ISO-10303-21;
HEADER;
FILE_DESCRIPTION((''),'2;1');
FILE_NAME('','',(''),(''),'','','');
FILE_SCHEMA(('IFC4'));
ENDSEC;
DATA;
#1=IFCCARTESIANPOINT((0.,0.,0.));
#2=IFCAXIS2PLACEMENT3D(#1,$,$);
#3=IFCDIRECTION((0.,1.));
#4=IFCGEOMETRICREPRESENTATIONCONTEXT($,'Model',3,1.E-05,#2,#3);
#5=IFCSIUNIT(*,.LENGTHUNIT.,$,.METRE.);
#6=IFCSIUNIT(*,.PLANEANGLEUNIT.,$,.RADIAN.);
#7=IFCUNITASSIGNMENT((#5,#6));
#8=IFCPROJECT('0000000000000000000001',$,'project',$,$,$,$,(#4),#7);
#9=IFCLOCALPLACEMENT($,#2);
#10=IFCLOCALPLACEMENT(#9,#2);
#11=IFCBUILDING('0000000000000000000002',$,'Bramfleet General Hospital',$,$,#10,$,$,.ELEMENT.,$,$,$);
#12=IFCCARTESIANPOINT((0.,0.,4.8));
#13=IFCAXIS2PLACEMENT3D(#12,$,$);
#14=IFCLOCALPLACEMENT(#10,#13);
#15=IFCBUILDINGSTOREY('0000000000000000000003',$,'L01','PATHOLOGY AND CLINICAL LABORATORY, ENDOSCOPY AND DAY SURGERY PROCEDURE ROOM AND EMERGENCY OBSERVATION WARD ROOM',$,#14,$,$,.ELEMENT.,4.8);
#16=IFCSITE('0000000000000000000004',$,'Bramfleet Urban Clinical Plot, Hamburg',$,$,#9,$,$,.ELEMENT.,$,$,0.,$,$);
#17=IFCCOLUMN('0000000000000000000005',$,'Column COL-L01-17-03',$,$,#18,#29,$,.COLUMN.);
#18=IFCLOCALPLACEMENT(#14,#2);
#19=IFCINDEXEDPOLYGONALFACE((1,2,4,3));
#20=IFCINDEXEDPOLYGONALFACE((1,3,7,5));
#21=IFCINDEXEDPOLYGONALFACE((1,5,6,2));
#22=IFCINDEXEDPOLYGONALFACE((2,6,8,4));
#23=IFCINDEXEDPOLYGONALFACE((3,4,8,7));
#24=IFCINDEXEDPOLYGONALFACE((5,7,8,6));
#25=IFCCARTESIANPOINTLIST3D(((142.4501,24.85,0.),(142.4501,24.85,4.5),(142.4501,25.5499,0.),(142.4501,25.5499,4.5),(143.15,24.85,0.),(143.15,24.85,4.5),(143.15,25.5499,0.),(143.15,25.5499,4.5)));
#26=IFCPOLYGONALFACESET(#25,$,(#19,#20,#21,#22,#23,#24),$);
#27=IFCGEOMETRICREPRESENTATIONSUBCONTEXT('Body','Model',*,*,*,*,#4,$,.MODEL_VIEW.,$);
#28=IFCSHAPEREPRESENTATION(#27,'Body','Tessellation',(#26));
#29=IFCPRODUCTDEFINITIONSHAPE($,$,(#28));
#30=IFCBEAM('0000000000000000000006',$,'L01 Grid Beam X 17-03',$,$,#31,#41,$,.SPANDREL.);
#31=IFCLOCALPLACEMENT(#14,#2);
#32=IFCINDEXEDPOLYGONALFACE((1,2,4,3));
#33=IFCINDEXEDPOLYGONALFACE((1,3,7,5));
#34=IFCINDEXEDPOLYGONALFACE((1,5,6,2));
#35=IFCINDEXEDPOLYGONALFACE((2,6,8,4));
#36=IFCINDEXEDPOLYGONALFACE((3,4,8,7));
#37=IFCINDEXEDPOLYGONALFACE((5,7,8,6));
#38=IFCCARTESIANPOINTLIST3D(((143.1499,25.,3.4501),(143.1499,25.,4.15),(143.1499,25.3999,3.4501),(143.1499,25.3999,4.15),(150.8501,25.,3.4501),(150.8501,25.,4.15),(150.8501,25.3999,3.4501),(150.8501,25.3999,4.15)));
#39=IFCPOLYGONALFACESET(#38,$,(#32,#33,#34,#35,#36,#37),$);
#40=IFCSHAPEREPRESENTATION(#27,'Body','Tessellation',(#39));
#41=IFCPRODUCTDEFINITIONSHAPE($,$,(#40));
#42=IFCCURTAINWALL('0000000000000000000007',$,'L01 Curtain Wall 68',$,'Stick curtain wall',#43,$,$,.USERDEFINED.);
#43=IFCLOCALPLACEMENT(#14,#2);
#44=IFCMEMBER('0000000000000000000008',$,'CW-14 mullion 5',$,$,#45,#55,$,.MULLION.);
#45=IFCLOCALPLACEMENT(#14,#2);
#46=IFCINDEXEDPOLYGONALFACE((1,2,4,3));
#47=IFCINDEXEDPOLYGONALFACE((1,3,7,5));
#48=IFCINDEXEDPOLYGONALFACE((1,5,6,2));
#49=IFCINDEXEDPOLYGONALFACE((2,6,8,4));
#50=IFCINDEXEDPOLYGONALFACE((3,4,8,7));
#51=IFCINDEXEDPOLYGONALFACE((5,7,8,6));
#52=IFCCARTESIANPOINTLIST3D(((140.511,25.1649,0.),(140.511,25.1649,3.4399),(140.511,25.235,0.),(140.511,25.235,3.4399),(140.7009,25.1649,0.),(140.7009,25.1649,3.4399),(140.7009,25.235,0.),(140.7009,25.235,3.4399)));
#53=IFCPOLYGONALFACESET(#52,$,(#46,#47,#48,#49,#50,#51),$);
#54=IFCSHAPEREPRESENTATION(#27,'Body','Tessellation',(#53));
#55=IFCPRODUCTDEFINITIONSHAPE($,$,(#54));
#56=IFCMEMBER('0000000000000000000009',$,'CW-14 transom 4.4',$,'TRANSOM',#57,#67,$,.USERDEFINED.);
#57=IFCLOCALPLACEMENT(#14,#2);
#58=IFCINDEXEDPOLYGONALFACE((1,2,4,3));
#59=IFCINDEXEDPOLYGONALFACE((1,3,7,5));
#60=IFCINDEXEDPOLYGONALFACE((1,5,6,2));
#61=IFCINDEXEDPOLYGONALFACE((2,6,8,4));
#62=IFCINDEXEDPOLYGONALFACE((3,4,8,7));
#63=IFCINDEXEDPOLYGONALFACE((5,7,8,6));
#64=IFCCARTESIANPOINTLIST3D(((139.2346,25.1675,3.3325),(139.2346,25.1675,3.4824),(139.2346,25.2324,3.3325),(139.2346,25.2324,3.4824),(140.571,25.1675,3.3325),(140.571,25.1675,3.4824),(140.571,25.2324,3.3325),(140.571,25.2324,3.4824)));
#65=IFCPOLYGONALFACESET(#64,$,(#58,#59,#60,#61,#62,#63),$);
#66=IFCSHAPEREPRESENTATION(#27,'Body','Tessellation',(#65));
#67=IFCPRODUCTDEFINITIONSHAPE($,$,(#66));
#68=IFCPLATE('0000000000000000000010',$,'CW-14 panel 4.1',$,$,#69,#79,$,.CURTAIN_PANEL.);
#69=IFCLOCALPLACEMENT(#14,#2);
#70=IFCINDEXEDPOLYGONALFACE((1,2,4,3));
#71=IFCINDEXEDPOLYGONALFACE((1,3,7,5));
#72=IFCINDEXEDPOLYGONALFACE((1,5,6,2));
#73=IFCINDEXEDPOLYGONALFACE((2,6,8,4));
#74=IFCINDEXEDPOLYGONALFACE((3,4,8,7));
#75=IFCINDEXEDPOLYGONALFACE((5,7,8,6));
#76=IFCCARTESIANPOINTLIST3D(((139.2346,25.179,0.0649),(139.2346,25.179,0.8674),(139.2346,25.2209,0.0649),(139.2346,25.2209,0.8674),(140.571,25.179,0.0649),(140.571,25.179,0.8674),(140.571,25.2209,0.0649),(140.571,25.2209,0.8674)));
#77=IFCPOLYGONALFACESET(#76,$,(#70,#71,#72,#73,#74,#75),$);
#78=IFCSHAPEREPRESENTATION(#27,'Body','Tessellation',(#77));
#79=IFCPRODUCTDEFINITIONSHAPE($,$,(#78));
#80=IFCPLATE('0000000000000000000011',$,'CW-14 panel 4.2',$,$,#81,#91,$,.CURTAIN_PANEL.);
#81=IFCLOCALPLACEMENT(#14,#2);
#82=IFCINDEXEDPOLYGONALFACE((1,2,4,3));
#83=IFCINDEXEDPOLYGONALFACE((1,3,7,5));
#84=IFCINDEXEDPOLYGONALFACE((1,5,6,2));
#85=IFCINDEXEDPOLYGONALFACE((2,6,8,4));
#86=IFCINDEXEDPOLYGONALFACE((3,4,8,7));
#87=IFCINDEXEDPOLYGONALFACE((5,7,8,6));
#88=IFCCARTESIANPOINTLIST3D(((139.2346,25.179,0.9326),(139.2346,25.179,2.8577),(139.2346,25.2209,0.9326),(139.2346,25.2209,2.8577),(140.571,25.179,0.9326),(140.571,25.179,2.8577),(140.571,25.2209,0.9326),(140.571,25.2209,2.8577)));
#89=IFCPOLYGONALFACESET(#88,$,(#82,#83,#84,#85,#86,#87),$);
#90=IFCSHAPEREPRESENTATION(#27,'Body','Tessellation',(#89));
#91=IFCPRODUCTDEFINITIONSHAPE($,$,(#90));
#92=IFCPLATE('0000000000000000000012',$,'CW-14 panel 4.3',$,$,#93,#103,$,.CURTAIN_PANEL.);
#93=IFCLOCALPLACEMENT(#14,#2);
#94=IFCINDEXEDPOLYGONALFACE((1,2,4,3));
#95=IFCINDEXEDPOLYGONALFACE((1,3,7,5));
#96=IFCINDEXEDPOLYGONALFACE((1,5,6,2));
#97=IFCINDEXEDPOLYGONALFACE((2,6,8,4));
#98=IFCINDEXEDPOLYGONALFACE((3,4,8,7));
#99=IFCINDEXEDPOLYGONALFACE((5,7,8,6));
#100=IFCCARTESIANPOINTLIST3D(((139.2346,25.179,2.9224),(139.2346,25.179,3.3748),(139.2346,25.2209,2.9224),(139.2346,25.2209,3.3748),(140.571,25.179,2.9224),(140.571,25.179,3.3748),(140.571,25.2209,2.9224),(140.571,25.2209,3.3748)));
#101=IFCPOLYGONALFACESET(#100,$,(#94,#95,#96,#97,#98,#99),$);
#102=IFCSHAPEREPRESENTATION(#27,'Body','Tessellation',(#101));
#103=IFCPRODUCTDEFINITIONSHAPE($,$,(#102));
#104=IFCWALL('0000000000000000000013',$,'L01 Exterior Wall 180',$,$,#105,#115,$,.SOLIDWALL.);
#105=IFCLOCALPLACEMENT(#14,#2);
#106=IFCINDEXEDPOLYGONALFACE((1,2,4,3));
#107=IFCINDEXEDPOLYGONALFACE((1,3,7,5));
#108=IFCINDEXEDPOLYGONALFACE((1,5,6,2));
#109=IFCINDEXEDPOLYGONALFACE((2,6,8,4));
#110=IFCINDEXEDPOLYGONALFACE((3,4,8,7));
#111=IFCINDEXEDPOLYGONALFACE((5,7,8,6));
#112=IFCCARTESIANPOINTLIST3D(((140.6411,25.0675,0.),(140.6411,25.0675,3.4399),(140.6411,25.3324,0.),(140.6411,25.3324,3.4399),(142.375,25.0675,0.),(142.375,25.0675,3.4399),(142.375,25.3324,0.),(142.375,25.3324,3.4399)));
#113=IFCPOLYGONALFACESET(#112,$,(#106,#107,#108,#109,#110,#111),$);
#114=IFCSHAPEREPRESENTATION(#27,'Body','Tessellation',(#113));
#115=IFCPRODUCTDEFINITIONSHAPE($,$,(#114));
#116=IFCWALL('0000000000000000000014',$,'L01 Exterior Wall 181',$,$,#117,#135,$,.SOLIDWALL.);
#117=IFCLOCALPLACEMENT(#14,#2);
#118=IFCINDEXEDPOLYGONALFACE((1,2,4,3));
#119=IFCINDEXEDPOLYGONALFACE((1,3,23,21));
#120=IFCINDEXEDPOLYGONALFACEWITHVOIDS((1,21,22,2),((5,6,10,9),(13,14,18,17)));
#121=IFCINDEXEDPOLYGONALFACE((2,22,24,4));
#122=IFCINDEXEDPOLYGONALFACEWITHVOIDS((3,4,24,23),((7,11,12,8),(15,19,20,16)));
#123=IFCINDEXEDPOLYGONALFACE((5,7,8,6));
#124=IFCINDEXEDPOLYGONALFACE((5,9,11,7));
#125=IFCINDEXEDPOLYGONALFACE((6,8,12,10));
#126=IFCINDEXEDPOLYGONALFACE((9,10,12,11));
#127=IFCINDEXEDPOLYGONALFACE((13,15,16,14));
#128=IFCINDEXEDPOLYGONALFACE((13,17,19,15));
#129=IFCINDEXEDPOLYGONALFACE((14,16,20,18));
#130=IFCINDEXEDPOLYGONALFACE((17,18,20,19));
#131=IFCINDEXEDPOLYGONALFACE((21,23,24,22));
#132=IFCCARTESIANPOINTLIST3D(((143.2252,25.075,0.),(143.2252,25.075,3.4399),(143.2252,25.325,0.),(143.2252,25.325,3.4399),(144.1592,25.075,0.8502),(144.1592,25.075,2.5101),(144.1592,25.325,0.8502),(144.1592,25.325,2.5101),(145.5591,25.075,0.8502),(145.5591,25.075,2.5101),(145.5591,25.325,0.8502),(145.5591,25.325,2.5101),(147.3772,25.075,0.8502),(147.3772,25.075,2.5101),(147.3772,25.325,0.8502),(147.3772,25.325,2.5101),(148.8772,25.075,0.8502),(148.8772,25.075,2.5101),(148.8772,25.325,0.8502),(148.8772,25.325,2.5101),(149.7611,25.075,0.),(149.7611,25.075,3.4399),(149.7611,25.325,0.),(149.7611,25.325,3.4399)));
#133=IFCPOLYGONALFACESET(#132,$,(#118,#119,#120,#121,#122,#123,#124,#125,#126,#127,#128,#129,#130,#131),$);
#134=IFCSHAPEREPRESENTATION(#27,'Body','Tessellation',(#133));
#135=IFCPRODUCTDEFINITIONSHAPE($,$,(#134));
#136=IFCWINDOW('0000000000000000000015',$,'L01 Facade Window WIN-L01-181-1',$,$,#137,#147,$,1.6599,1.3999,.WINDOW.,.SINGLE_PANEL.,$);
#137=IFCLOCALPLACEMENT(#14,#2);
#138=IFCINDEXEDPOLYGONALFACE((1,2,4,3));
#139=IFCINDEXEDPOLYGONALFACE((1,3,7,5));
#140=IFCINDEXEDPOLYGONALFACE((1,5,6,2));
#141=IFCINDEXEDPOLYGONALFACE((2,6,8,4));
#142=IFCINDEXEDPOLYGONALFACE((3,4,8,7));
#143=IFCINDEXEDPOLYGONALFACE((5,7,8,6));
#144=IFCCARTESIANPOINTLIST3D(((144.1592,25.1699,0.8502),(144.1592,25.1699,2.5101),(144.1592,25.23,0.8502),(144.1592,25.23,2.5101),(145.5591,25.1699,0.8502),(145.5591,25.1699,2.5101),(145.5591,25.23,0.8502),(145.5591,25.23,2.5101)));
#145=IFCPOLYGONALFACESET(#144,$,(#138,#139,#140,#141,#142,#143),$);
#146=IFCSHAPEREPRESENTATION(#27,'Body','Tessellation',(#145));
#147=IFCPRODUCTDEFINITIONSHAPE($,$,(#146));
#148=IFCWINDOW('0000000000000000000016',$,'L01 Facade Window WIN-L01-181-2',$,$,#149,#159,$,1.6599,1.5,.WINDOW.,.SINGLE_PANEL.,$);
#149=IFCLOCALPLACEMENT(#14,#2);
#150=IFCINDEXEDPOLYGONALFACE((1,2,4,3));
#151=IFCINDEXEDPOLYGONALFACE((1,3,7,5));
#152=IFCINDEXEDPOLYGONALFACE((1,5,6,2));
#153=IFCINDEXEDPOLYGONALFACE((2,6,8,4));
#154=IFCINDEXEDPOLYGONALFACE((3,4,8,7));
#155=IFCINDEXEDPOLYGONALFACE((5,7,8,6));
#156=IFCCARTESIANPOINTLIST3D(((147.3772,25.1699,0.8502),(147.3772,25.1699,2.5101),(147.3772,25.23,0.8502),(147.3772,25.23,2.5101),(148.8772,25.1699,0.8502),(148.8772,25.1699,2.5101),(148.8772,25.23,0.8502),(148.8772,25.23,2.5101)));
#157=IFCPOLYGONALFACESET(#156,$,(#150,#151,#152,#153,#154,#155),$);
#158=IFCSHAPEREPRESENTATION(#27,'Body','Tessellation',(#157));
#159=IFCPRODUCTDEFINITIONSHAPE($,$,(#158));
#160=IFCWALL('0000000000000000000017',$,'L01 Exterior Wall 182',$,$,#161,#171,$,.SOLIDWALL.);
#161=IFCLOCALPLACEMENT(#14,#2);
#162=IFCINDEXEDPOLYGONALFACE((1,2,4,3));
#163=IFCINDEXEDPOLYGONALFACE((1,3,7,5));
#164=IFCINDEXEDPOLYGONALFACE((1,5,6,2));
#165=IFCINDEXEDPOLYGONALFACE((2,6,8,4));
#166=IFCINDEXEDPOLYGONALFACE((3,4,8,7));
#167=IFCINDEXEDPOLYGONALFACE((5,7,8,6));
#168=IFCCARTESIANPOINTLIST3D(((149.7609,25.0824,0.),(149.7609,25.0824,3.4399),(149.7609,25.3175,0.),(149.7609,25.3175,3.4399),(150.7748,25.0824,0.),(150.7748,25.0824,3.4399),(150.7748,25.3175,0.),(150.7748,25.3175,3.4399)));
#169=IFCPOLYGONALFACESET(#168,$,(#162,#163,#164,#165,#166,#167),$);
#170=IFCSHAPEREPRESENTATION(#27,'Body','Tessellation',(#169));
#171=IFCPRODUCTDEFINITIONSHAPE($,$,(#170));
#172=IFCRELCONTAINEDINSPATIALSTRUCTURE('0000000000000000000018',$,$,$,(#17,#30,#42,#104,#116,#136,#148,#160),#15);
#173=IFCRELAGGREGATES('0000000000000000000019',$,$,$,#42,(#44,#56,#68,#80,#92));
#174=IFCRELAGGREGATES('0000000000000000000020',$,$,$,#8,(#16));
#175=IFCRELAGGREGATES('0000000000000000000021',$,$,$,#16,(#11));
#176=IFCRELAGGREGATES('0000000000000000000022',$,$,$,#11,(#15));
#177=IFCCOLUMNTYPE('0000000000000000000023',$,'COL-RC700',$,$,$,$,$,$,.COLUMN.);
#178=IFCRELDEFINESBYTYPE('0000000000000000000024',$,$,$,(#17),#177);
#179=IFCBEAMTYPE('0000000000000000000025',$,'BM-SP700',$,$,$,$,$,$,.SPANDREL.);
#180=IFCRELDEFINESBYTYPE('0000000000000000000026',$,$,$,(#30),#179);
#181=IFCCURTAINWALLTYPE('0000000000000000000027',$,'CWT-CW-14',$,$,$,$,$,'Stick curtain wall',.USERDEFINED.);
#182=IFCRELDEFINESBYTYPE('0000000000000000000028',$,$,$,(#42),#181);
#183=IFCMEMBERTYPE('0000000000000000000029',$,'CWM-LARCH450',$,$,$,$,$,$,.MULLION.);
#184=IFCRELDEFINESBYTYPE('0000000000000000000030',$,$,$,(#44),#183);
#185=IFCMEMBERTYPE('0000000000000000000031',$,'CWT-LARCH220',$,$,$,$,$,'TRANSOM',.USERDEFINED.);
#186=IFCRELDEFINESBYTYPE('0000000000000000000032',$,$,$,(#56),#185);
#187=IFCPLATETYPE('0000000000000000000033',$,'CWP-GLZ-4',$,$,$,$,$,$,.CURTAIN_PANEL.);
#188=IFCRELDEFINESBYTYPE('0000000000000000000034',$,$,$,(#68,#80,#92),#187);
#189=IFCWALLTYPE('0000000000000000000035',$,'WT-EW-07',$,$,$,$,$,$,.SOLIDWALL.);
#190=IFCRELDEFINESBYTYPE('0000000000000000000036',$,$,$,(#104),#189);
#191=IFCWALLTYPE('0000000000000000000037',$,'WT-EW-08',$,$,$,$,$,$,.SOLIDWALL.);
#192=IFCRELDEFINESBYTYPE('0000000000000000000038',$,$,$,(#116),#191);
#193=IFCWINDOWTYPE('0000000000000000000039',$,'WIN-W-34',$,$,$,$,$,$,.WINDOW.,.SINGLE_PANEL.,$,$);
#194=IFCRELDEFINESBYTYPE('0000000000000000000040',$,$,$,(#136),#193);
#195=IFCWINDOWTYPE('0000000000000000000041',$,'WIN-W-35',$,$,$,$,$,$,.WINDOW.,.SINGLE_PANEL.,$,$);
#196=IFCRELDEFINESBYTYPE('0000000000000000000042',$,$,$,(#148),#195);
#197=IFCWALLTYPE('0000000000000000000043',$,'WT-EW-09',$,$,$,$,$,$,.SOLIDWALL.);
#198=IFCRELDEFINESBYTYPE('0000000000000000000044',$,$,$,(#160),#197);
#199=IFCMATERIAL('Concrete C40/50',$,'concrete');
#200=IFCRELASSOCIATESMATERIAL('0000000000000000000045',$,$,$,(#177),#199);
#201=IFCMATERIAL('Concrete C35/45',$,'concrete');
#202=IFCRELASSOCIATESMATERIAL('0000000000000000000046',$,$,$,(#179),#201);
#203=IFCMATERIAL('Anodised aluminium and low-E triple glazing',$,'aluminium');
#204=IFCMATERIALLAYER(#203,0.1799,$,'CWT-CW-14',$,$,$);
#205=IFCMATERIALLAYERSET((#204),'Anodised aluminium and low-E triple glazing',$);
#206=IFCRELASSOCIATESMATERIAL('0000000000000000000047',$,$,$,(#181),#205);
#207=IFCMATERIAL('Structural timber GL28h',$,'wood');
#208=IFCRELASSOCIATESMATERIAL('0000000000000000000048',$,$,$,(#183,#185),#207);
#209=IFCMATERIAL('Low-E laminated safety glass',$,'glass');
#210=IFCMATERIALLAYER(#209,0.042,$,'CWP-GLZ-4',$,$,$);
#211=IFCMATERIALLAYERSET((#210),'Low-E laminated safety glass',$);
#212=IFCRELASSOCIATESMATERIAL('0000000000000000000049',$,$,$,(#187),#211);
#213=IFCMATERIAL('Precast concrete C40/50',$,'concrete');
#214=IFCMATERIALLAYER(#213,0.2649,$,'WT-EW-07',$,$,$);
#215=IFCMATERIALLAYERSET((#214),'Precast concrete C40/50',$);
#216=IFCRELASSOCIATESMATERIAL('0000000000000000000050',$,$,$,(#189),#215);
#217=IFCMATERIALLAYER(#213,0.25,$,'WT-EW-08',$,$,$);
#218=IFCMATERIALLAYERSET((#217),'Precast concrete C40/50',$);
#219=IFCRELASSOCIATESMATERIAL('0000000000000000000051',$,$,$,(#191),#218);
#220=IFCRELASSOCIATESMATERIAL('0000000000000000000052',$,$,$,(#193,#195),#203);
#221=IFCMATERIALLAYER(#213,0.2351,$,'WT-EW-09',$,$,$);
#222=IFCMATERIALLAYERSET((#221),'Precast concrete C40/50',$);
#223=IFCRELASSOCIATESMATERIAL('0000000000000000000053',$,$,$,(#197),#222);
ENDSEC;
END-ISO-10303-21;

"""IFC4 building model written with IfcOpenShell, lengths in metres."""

from ifc_helpers import new_model, si_unit, direction, frame, frame_2d, origin, origin_2d, place, context, subcontext, project, spatial, rectangle, extrude, material, layer, layer_set, material_profile, profile_set, type_object, element, fill, aggregate, save


model = new_model("IFC4")

# Units and contexts
model_context = context("Model", 3, precision=1e-05, world=origin(), true_north=direction((0.0, 1.0)))
body_context = subcontext(model_context, "Body", "Model", "MODEL_VIEW")
ifc_project = project(units=[si_unit("LENGTHUNIT", "METRE"), si_unit("PLANEANGLEUNIT", "RADIAN")], contexts=[model_context])

# Site, building, storey
site_placement = place(None, origin())
site = spatial("IfcSite", under=ifc_project, at=site_placement, Name="Bramfleet Urban Clinical Plot, Hamburg", CompositionType="ELEMENT", RefElevation=0.0)
building_placement = place(site_placement, origin())
building = spatial("IfcBuilding", under=site, at=building_placement, Name="Bramfleet General Hospital", CompositionType="ELEMENT")
storey_placement = place(building_placement, frame((0.0, 0.0, 4.8)))
storey = spatial("IfcBuildingStorey", under=building, at=storey_placement, Name="L01", Description="PATHOLOGY AND CLINICAL LABORATORY, ENDOSCOPY AND DAY SURGERY PROCEDURE ROOM AND EMERGENCY OBSERVATION WARD ROOM", CompositionType="ELEMENT", Elevation=4.8)

# Column
ifc_material_1 = material(Name="Concrete C40/50", Category="concrete")
ifc_material_profile_1 = material_profile(ifc_material_1, rectangle(XDim=0.7, YDim=0.7, at=origin_2d()), Name="RC COL 700x700")
ifc_profile_set_1 = profile_set([ifc_material_profile_1], Name="Concrete C40/50")
column_type = type_object("IfcColumnType", Name="COL-RC700", PredefinedType="COLUMN", material=ifc_profile_set_1)
column_placement = place(storey_placement, frame((142.8, 25.2, 0.0), z_axis=(0.0, 0.0, 1.0), x_axis=(1.0, 0.0, 0.0)))
element("IfcColumn", 1, at=column_placement, inside=storey, type_object=column_type, Name="Column COL-L01-17-03", PredefinedType="COLUMN", context=body_context, shape_type="SweptSolid", body=[
    extrude(rectangle(XDim=0.7, YDim=0.7, at=origin_2d()), origin(), (0.0, 0.0, 1.0), 4.5),
])

# Beam
ifc_material_2 = material(Name="Concrete C35/45", Category="concrete")
ifc_material_profile_2 = material_profile(ifc_material_2, rectangle(XDim=0.3999, YDim=0.7, at=origin_2d()), Name="RC SP 700x400")
ifc_profile_set_2 = profile_set([ifc_material_profile_2], Name="Concrete C35/45")
beam_type = type_object("IfcBeamType", Name="BM-SP700", PredefinedType="SPANDREL", material=ifc_profile_set_2)
beam_placement = place(storey_placement, frame((143.1499, 25.2, 3.8), z_axis=(1.0, 0.0, 0.0), x_axis=(0.0, 1.0, 0.0)))
element("IfcBeam", 2, at=beam_placement, inside=storey, type_object=beam_type, Name="L01 Grid Beam X 17-03", PredefinedType="SPANDREL", context=body_context, shape_type="SweptSolid", body=[
    extrude(rectangle(XDim=0.3999, YDim=0.7, at=origin_2d()), origin(), (0.0, 0.0, 1.0), 7.7002),
])

# Curtain wall, members, plates
ifc_material_3 = material(Name="Anodised aluminium and low-E triple glazing", Category="aluminium")
ifc_layer_1 = layer(ifc_material_3, 0.1799, Name="CWT-CW-14")
ifc_layer_set_1 = layer_set([ifc_layer_1], Name="Anodised aluminium and low-E triple glazing")
curtain_wall_type = type_object("IfcCurtainWallType", Name="CWT-CW-14", ElementType="Stick curtain wall", PredefinedType="USERDEFINED", material=ifc_layer_set_1)
curtain_wall_placement = place(storey_placement, origin())
curtain_wall = element("IfcCurtainWall", 3, at=curtain_wall_placement, inside=storey, type_object=curtain_wall_type, Name="L01 Curtain Wall 68", ObjectType="Stick curtain wall", PredefinedType="USERDEFINED")
ifc_material_4 = material(Name="Structural timber GL28h", Category="wood")
ifc_material_profile_3 = material_profile(ifc_material_4, rectangle(XDim=0.0701, YDim=0.1899, at=origin_2d()), Name="LARCH 190x70")
ifc_profile_set_3 = profile_set([ifc_material_profile_3], Name="Structural timber GL28h")
member_type_1 = type_object("IfcMemberType", Name="CWM-LARCH450", PredefinedType="MULLION", material=ifc_profile_set_3)
member_1_placement = place(storey_placement, frame((140.606, 25.2, 0.0), z_axis=(0.0, 0.0, 1.0), x_axis=(0.0, 1.0, 0.0)))
member_1 = element("IfcMember", 4, at=member_1_placement, type_object=member_type_1, Name="CW-14 mullion 5", PredefinedType="MULLION", context=body_context, shape_type="SweptSolid", body=[
    extrude(rectangle(XDim=0.0701, YDim=0.1899, at=origin_2d()), origin(), (0.0, 0.0, 1.0), 3.4399),
])
ifc_material_profile_4 = material_profile(ifc_material_4, rectangle(XDim=0.0649, YDim=0.1499, at=origin_2d()), Name="LARCH 150x65")
ifc_profile_set_4 = profile_set([ifc_material_profile_4], Name="Structural timber GL28h")
member_type_2 = type_object("IfcMemberType", Name="CWT-LARCH220", ElementType="TRANSOM", PredefinedType="USERDEFINED", material=ifc_profile_set_4)
member_2_placement = place(storey_placement, frame((139.2346, 25.2, 3.4075), z_axis=(1.0, 0.0, 0.0), x_axis=(0.0, 1.0, 0.0)))
member_2 = element("IfcMember", 5, at=member_2_placement, type_object=member_type_2, Name="CW-14 transom 4.4", ObjectType="TRANSOM", PredefinedType="USERDEFINED", context=body_context, shape_type="SweptSolid", body=[
    extrude(rectangle(XDim=0.0649, YDim=0.1499, at=origin_2d()), origin(), (0.0, 0.0, 1.0), 1.3364),
])
ifc_material_5 = material(Name="Low-E laminated safety glass", Category="glass")
ifc_layer_2 = layer(ifc_material_5, 0.042, Name="CWP-GLZ-4")
ifc_layer_set_2 = layer_set([ifc_layer_2], Name="Low-E laminated safety glass")
plate_type = type_object("IfcPlateType", Name="CWP-GLZ-4", PredefinedType="CURTAIN_PANEL", material=ifc_layer_set_2)
plate_1_placement = place(storey_placement, frame((139.9028, 25.2, 0.0649), z_axis=(0.0, 0.0, 1.0), x_axis=(1.0, 0.0, 0.0)))
plate_1 = element("IfcPlate", 6, at=plate_1_placement, type_object=plate_type, Name="CW-14 panel 4.1", PredefinedType="CURTAIN_PANEL", context=body_context, shape_type="SweptSolid", body=[
    extrude(rectangle(XDim=1.3364, YDim=0.042, at=origin_2d()), origin(), (0.0, 0.0, 1.0), 0.8025),
])
plate_2_placement = place(storey_placement, frame((139.9028, 25.2, 0.9326), z_axis=(0.0, 0.0, 1.0), x_axis=(1.0, 0.0, 0.0)))
plate_2 = element("IfcPlate", 7, at=plate_2_placement, type_object=plate_type, Name="CW-14 panel 4.2", PredefinedType="CURTAIN_PANEL", context=body_context, shape_type="SweptSolid", body=[
    extrude(rectangle(XDim=1.3364, YDim=0.042, at=origin_2d()), origin(), (0.0, 0.0, 1.0), 1.925),
])
plate_3_placement = place(storey_placement, frame((139.9028, 25.2, 2.9224), z_axis=(0.0, 0.0, 1.0), x_axis=(1.0, 0.0, 0.0)))
plate_3 = element("IfcPlate", 8, at=plate_3_placement, type_object=plate_type, Name="CW-14 panel 4.3", PredefinedType="CURTAIN_PANEL", context=body_context, shape_type="SweptSolid", body=[
    extrude(rectangle(XDim=1.3364, YDim=0.042, at=origin_2d()), origin(), (0.0, 0.0, 1.0), 0.4524),
])
aggregate(curtain_wall, [member_1, member_2, plate_1, plate_2, plate_3])

# Wall
ifc_material_6 = material(Name="Precast concrete C40/50", Category="concrete")
ifc_layer_3 = layer(ifc_material_6, 0.2649, Name="WT-EW-07")
ifc_layer_set_3 = layer_set([ifc_layer_3], Name="Precast concrete C40/50")
wall_type_1 = type_object("IfcWallType", Name="WT-EW-07", PredefinedType="SOLIDWALL", material=ifc_layer_set_3)
wall_1_placement = place(storey_placement, frame((140.6411, 25.2, 0.0), z_axis=(0.0, 0.0, 1.0), x_axis=(1.0, 0.0, 0.0)))
element("IfcWall", 9, at=wall_1_placement, inside=storey, type_object=wall_type_1, Name="L01 Exterior Wall 180", PredefinedType="SOLIDWALL", context=body_context, shape_type="SweptSolid", body=[
    extrude(rectangle(XDim=1.7339, YDim=0.2649, at=frame_2d((0.8669, 0.0))), origin(), (0.0, 0.0, 1.0), 3.4399),
])

# Wall, openings, windows
ifc_layer_4 = layer(ifc_material_6, 0.25, Name="WT-EW-08")
ifc_layer_set_4 = layer_set([ifc_layer_4], Name="Precast concrete C40/50")
wall_type_2 = type_object("IfcWallType", Name="WT-EW-08", PredefinedType="SOLIDWALL", material=ifc_layer_set_4)
wall_2_placement = place(storey_placement, frame((143.2251, 25.2, 0.0), z_axis=(0.0, 0.0, 1.0), x_axis=(1.0, 0.0, 0.0)))
wall_2 = element("IfcWall", 10, at=wall_2_placement, inside=storey, type_object=wall_type_2, Name="L01 Exterior Wall 181", PredefinedType="SOLIDWALL", context=body_context, shape_type="SweptSolid", body=[
    extrude(rectangle(XDim=6.5359, YDim=0.25, at=frame_2d((3.2681, 0.0))), origin(), (0.0, 0.0, 1.0), 3.4399),
])
opening_1_placement = place(wall_2_placement, frame((0.9341, 0.0, 0.8501)))
opening_1 = element("IfcOpeningElement", 11, at=opening_1_placement, cuts=wall_2, PredefinedType="OPENING", context=body_context, shape_type="SweptSolid", body=[
    extrude(rectangle(XDim=1.3999, YDim=1.6599, at=frame_2d((0.7, 0.8301))), frame((0.0, 0.135, 0.0), z_axis=(0.0, -1.0, 0.0), x_axis=(1.0, 0.0, 0.0)), (0.0, 0.0, 1.0), 0.27),
])
opening_2_placement = place(wall_2_placement, frame((4.1521, 0.0, 0.8501)))
opening_2 = element("IfcOpeningElement", 12, at=opening_2_placement, cuts=wall_2, PredefinedType="OPENING", context=body_context, shape_type="SweptSolid", body=[
    extrude(rectangle(XDim=1.5, YDim=1.6599, at=frame_2d((0.75, 0.8301))), frame((0.0, 0.135, 0.0), z_axis=(0.0, -1.0, 0.0), x_axis=(1.0, 0.0, 0.0)), (0.0, 0.0, 1.0), 0.27),
])
window_type_1 = type_object("IfcWindowType", Name="WIN-W-34", PartitioningType="SINGLE_PANEL", PredefinedType="WINDOW", material=ifc_material_3)
window_1_placement = place(opening_1_placement, origin())
window_1 = element("IfcWindow", 13, at=window_1_placement, inside=storey, type_object=window_type_1, Name="L01 Facade Window WIN-L01-181-1", OverallHeight=1.6599, OverallWidth=1.3999, PartitioningType="SINGLE_PANEL", PredefinedType="WINDOW", context=body_context, shape_type="SweptSolid", body=[
    extrude(rectangle(XDim=1.3999, YDim=1.6599, at=frame_2d((0.7, 0.8301))), frame((0.0, 0.03, 0.0), z_axis=(0.0, -1.0, 0.0), x_axis=(1.0, 0.0, 0.0)), (0.0, 0.0, 1.0), 0.0601),
])
fill(opening_1, window_1)
window_type_2 = type_object("IfcWindowType", Name="WIN-W-35", PartitioningType="SINGLE_PANEL", PredefinedType="WINDOW", material=ifc_material_3)
window_2_placement = place(opening_2_placement, origin())
window_2 = element("IfcWindow", 14, at=window_2_placement, inside=storey, type_object=window_type_2, Name="L01 Facade Window WIN-L01-181-2", OverallHeight=1.6599, OverallWidth=1.5, PartitioningType="SINGLE_PANEL", PredefinedType="WINDOW", context=body_context, shape_type="SweptSolid", body=[
    extrude(rectangle(XDim=1.5, YDim=1.6599, at=frame_2d((0.75, 0.8301))), frame((0.0, 0.03, 0.0), z_axis=(0.0, -1.0, 0.0), x_axis=(1.0, 0.0, 0.0)), (0.0, 0.0, 1.0), 0.0601),
])
fill(opening_2, window_2)

# Wall
ifc_layer_5 = layer(ifc_material_6, 0.2351, Name="WT-EW-09")
ifc_layer_set_5 = layer_set([ifc_layer_5], Name="Precast concrete C40/50")
wall_type_3 = type_object("IfcWallType", Name="WT-EW-09", PredefinedType="SOLIDWALL", material=ifc_layer_set_5)
wall_3_placement = place(storey_placement, frame((149.761, 25.2, 0.0), z_axis=(0.0, 0.0, 1.0), x_axis=(1.0, 0.0, 0.0)))
element("IfcWall", 15, at=wall_3_placement, inside=storey, type_object=wall_type_3, Name="L01 Exterior Wall 182", PredefinedType="SOLIDWALL", context=body_context, shape_type="SweptSolid", body=[
    extrude(rectangle(XDim=1.0139, YDim=0.2351, at=frame_2d((0.5068, 0.0))), origin(), (0.0, 0.0, 1.0), 3.4399),
])

save(model, "model.ifc")
